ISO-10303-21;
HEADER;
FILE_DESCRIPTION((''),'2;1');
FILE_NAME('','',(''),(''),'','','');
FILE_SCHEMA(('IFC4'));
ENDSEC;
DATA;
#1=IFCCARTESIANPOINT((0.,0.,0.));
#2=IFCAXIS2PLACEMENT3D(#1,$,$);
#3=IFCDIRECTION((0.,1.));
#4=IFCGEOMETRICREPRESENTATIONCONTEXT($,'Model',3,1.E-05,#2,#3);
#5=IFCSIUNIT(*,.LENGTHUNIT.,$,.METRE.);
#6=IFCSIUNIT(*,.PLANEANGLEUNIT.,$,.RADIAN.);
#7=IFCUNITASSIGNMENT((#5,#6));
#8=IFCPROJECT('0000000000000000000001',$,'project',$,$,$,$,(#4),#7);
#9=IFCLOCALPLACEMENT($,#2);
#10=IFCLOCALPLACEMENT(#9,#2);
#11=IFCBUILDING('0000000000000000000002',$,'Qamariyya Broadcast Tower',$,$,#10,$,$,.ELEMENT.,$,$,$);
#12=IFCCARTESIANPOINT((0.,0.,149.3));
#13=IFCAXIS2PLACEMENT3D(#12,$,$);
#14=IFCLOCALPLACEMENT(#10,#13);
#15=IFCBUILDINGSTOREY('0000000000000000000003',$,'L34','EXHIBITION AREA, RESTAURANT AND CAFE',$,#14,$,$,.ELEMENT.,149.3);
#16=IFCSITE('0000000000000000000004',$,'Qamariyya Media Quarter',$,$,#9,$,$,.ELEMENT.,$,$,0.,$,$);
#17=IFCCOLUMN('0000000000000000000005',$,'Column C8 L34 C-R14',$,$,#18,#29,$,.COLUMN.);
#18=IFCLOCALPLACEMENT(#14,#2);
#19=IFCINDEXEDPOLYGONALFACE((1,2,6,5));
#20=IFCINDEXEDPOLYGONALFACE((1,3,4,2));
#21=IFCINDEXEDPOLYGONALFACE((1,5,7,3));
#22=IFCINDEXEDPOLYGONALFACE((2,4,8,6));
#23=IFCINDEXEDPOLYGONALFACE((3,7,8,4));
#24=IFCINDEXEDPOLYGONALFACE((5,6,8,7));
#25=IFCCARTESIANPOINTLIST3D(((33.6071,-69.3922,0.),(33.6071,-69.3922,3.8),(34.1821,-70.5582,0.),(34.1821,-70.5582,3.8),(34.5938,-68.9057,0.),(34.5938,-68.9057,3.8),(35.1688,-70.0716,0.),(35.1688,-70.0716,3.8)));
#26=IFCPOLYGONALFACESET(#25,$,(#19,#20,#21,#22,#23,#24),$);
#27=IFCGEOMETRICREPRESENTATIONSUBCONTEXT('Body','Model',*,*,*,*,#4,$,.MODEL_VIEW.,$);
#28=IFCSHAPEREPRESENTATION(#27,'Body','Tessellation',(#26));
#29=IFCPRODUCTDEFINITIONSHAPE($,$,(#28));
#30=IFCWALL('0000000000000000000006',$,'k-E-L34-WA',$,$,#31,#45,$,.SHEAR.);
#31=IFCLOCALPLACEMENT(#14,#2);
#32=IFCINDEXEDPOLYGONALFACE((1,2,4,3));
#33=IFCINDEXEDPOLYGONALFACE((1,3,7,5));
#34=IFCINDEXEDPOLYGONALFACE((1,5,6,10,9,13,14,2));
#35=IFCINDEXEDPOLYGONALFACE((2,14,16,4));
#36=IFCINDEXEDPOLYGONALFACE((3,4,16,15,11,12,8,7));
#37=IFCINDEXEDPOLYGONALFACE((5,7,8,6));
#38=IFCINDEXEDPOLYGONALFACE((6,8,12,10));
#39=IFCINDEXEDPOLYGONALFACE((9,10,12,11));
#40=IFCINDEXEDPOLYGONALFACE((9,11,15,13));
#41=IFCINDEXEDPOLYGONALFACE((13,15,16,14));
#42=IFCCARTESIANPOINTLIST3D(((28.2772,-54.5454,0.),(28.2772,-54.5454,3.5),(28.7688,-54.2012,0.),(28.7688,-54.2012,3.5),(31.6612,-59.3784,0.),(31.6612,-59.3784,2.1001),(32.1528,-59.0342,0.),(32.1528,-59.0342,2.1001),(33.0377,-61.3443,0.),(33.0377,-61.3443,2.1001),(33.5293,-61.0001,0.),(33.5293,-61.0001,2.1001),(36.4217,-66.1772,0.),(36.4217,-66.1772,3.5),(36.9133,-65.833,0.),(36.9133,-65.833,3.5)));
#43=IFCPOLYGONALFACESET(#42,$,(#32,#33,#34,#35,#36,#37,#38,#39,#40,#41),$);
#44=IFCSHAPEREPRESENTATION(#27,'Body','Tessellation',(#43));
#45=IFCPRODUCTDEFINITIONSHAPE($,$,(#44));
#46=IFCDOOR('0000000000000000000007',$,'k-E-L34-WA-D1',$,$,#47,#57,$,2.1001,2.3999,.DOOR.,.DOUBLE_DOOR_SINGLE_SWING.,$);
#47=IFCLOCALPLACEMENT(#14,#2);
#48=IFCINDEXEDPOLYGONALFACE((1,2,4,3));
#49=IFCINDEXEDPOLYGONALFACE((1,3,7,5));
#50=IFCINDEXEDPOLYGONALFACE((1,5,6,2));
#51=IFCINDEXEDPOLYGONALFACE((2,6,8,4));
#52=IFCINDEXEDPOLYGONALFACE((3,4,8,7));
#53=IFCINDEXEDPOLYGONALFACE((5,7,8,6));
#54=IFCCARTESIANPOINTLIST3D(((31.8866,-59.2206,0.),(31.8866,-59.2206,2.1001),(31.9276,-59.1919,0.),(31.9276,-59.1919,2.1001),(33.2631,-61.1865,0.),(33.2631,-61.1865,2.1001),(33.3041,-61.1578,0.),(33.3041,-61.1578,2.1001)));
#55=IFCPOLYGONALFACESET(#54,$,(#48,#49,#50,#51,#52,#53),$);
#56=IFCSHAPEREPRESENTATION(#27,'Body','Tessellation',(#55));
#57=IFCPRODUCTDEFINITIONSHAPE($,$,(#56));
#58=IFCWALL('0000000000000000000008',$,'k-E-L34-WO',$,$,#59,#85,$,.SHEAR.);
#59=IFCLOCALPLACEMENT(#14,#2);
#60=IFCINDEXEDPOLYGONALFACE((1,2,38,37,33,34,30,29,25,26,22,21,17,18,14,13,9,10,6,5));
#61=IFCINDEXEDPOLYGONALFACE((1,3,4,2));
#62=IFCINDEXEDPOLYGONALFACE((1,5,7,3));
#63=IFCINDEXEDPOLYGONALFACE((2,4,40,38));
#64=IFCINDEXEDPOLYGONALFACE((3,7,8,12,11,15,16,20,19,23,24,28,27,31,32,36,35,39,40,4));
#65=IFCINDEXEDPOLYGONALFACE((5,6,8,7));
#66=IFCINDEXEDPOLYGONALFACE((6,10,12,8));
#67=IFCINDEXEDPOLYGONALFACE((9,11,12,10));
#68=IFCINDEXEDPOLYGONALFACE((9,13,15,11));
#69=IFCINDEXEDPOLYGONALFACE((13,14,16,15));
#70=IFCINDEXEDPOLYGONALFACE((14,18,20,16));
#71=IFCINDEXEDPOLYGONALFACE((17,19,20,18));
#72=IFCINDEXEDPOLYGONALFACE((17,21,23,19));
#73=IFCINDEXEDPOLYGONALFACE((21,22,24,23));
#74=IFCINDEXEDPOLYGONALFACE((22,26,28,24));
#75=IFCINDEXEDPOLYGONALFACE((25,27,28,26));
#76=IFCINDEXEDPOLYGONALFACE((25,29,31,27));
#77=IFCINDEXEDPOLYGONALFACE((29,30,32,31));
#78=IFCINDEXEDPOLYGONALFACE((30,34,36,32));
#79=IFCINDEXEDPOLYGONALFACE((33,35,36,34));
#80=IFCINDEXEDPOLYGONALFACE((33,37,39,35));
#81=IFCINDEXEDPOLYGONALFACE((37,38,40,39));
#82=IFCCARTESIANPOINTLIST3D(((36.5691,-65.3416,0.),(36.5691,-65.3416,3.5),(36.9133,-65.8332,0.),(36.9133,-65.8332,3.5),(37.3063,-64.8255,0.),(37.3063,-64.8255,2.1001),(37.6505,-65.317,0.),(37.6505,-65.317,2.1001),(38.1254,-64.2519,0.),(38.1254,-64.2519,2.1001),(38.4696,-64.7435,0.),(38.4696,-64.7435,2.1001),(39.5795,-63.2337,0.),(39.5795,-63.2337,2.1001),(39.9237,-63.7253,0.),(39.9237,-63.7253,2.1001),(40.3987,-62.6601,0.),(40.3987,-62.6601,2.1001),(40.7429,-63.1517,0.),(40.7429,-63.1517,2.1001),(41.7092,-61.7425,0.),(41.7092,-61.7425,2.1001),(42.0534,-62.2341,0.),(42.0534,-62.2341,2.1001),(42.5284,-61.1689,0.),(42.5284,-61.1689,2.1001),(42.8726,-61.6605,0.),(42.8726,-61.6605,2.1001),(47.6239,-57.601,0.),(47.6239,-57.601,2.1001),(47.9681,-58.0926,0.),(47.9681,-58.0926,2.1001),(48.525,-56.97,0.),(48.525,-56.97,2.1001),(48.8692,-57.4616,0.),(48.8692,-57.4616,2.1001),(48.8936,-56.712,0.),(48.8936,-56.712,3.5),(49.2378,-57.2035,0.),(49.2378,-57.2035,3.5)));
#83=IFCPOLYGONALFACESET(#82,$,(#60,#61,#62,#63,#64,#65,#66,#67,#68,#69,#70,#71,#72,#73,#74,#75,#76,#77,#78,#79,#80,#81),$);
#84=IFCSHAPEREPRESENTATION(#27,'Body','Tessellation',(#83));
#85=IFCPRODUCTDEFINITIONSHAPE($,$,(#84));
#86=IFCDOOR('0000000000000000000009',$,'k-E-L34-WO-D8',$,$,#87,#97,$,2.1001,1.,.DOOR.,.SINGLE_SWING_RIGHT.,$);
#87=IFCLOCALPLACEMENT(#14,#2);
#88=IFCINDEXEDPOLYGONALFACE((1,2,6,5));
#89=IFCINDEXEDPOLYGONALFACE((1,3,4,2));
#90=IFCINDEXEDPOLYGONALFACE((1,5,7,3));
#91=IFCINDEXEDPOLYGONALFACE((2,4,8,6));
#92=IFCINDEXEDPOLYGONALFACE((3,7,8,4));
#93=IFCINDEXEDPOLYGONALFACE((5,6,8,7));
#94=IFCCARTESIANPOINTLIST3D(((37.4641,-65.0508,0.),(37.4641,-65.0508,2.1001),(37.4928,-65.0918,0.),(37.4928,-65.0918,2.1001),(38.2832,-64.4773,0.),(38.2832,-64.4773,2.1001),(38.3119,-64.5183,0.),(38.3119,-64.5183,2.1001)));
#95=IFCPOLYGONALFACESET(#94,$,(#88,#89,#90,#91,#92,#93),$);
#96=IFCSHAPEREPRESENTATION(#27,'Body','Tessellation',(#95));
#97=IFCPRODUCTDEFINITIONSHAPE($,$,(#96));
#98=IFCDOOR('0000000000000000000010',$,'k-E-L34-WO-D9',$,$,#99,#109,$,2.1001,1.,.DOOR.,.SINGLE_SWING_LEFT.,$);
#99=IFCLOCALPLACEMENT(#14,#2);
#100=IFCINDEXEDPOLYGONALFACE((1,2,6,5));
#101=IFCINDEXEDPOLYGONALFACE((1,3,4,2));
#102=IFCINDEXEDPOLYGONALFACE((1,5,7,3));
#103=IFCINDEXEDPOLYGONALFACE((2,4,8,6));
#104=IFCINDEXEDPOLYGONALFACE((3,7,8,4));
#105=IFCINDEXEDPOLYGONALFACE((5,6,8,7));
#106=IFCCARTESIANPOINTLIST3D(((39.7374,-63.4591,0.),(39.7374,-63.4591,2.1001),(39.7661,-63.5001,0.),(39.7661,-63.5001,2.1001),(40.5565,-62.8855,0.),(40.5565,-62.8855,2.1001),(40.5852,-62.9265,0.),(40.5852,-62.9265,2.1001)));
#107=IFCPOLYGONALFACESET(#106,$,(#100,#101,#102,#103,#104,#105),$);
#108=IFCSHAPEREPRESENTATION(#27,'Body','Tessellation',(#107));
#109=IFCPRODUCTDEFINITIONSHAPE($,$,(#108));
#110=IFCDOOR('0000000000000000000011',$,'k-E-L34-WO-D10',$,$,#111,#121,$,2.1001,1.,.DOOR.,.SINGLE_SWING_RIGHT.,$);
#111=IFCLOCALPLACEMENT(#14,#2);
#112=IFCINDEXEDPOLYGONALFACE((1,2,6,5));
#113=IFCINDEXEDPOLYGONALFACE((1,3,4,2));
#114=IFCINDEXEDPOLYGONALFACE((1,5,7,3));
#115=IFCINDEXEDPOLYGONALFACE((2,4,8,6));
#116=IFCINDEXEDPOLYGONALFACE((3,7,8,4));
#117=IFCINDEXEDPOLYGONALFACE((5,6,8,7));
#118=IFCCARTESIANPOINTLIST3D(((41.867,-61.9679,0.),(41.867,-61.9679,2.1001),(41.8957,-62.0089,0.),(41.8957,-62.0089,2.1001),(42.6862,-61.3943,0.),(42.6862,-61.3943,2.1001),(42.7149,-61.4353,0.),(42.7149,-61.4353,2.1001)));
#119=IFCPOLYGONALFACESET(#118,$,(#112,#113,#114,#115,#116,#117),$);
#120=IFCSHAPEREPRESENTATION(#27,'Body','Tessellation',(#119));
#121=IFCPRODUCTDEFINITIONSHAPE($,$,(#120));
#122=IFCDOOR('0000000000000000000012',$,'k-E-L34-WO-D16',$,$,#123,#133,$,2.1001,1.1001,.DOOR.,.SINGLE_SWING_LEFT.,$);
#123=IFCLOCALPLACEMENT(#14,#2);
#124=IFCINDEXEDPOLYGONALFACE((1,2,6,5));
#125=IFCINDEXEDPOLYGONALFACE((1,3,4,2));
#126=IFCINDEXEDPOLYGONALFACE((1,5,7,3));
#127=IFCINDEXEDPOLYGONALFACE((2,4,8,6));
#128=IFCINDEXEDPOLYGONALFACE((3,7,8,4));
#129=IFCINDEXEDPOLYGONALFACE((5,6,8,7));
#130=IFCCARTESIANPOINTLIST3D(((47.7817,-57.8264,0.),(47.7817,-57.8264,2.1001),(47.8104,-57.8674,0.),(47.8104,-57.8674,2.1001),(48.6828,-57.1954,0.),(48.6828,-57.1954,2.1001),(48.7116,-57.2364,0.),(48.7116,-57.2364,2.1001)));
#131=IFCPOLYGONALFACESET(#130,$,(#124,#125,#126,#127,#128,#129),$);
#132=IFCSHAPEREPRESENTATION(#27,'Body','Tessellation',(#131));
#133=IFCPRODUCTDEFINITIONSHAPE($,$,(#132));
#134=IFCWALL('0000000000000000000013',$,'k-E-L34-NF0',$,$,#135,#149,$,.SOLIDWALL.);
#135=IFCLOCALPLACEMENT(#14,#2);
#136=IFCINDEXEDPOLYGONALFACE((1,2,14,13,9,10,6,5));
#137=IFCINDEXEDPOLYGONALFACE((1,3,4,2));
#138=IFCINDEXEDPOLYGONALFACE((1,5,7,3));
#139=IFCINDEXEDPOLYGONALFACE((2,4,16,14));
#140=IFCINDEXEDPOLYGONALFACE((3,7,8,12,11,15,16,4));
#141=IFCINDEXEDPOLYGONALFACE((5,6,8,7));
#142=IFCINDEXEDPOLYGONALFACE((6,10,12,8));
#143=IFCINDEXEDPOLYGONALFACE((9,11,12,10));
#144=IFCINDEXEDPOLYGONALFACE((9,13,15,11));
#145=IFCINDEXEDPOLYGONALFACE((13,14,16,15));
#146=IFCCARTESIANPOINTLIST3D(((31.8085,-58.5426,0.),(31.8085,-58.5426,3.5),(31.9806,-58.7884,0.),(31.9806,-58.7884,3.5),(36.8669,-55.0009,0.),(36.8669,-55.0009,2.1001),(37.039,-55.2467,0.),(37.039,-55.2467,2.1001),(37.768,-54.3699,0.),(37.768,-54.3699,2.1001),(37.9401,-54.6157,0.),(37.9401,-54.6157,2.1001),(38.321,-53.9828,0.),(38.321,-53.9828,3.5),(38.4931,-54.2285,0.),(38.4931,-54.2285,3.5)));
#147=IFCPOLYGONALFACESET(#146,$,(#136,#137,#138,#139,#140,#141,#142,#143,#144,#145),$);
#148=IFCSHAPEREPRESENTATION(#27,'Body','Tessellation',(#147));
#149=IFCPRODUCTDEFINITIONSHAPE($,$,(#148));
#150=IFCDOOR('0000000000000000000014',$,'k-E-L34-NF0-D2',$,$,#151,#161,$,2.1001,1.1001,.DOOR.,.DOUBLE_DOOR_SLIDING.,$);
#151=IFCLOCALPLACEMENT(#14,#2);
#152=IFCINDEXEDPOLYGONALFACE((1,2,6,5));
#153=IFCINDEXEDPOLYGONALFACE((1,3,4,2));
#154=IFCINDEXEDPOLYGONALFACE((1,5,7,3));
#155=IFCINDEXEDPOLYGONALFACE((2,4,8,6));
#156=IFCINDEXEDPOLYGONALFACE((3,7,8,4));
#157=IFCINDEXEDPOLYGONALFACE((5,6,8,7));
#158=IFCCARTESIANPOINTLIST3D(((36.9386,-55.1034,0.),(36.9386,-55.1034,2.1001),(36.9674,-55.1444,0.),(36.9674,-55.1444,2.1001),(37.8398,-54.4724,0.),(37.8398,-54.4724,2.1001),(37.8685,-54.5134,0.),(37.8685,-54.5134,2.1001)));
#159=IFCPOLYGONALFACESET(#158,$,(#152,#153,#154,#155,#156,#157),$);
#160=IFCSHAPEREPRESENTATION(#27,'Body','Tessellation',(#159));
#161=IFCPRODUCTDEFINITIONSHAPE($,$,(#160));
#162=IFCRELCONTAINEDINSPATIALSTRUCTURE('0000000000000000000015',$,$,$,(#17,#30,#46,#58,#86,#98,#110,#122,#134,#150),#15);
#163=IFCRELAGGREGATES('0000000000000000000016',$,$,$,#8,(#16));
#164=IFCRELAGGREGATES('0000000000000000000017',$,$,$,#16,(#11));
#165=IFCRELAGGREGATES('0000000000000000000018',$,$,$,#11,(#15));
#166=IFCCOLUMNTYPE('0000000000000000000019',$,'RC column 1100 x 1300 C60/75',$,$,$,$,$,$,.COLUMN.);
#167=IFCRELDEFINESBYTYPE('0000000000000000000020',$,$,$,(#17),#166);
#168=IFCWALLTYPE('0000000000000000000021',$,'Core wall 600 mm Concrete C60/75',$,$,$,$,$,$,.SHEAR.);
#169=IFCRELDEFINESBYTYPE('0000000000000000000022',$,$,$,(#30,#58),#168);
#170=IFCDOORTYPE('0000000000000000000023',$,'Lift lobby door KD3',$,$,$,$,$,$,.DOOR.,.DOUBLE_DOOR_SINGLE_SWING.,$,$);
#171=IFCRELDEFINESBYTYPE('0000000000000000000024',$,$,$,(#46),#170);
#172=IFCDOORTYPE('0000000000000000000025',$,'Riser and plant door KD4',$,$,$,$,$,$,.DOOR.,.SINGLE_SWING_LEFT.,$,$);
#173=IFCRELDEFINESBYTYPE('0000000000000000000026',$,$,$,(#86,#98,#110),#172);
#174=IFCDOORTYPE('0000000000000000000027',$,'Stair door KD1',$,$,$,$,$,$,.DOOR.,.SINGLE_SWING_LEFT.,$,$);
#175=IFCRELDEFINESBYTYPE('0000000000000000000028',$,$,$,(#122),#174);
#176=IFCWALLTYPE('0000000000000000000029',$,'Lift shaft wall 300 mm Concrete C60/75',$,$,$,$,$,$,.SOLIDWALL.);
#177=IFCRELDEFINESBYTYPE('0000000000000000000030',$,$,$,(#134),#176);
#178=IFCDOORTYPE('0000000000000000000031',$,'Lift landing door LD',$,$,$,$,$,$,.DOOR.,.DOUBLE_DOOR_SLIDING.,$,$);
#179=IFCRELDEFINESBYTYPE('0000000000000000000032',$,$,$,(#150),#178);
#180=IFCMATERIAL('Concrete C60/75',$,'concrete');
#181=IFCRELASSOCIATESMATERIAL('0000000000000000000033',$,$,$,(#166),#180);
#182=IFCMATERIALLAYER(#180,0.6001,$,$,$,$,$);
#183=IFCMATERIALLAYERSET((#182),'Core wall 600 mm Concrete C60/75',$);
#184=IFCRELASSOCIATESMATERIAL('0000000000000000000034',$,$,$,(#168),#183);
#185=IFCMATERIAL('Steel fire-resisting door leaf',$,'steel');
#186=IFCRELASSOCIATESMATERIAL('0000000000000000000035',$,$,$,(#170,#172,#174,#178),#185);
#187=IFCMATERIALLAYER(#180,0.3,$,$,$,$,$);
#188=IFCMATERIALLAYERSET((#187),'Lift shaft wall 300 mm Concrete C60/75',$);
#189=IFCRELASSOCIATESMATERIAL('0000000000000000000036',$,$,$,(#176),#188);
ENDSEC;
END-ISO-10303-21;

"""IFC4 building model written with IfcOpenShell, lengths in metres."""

from ifc_helpers import new_model, si_unit, direction, frame, frame_2d, origin, origin_2d, place, context, subcontext, project, spatial, rectangle, extrude, material, layer, layer_set, material_profile, profile_set, type_object, element, fill, save


model = new_model("IFC4")

# Units and contexts
model_context = context("Model", 3, precision=1e-05, world=origin(), true_north=direction((0.0, 1.0)))
body_context = subcontext(model_context, "Body", "Model", "MODEL_VIEW")
ifc_project = project(units=[si_unit("LENGTHUNIT", "METRE"), si_unit("PLANEANGLEUNIT", "RADIAN")], contexts=[model_context])

# Site, building, storey
site_placement = place(None, origin())
site = spatial("IfcSite", under=ifc_project, at=site_placement, Name="Qamariyya Media Quarter", CompositionType="ELEMENT", RefElevation=0.0)
building_placement = place(site_placement, origin())
building = spatial("IfcBuilding", under=site, at=building_placement, Name="Qamariyya Broadcast Tower", CompositionType="ELEMENT")
storey_placement = place(building_placement, frame((0.0, 0.0, 149.3)))
storey = spatial("IfcBuildingStorey", under=building, at=storey_placement, Name="L34", Description="EXHIBITION AREA, RESTAURANT AND CAFE", CompositionType="ELEMENT", Elevation=149.3)

# Column
ifc_material_1 = material(Name="Concrete C60/75", Category="concrete")
ifc_material_profile_1 = material_profile(ifc_material_1, rectangle(XDim=1.1001, YDim=1.3, at=origin_2d()))
ifc_profile_set_1 = profile_set([ifc_material_profile_1], Name="Concrete C60/75")
column_type = type_object("IfcColumnType", Name="RC column 1100 x 1300 C60/75", PredefinedType="COLUMN", material=ifc_profile_set_1)
column_placement = place(storey_placement, frame((34.3879, -69.7319, 0.0), z_axis=(0.0, 0.0, 1.0), x_axis=(0.896873, 0.442289, 0.0)))
element("IfcColumn", 1, at=column_placement, inside=storey, type_object=column_type, Name="Column C8 L34 C-R14", PredefinedType="COLUMN", context=body_context, shape_type="SweptSolid", body=[
    extrude(rectangle(XDim=1.1001, YDim=1.3, at=origin_2d()), origin(), (0.0, 0.0, 1.0), 3.8),
])

# Wall, opening, door
ifc_layer_1 = layer(ifc_material_1, 0.6001)
ifc_layer_set_1 = layer_set([ifc_layer_1], Name="Core wall 600 mm Concrete C60/75")
wall_type_1 = type_object("IfcWallType", Name="Core wall 600 mm Concrete C60/75", PredefinedType="SHEAR", material=ifc_layer_set_1)
wall_1_placement = place(storey_placement, frame((36.6675, -66.0051, 0.0), z_axis=(0.0, 0.0, 1.0), x_axis=(-0.573568, 0.819158, 0.0)))
wall_1 = element("IfcWall", 2, at=wall_1_placement, inside=storey, type_object=wall_type_1, Name="k-E-L34-WA", PredefinedType="SHEAR", context=body_context, shape_type="SweptSolid", body=[
    extrude(rectangle(XDim=14.1997, YDim=0.6001, at=frame_2d((7.0999, 0.0))), origin(), (0.0, 0.0, 1.0), 3.5),
])
opening_1_placement = place(wall_1_placement, frame((5.8999, 0.0, 0.0)))
opening_1 = element("IfcOpeningElement", 3, at=opening_1_placement, cuts=wall_1, PredefinedType="OPENING", context=body_context, shape_type="SweptSolid", body=[
    extrude(rectangle(XDim=2.3999, YDim=2.1001, at=frame_2d((1.2, 1.05))), frame((0.0, 0.3101, 0.0), z_axis=(0.0, -1.0, 0.0), x_axis=(1.0, 0.0, 0.0)), (0.0, 0.0, 1.0), 0.6201),
])
ifc_material_2 = material(Name="Steel fire-resisting door leaf", Category="steel")
door_type_1 = type_object("IfcDoorType", Name="Lift lobby door KD3", OperationType="DOUBLE_DOOR_SINGLE_SWING", PredefinedType="DOOR", material=ifc_material_2)
door_1_placement = place(opening_1_placement, origin())
door_1 = element("IfcDoor", 4, at=door_1_placement, inside=storey, type_object=door_type_1, Name="k-E-L34-WA-D1", OperationType="DOUBLE_DOOR_SINGLE_SWING", OverallHeight=2.1001, OverallWidth=2.3999, PredefinedType="DOOR", context=body_context, shape_type="SweptSolid", body=[
    extrude(rectangle(XDim=2.3999, YDim=2.1001, at=frame_2d((1.2, 1.05))), frame((0.0, 0.0249, 0.0), z_axis=(0.0, -1.0, 0.0), x_axis=(1.0, 0.0, 0.0)), (0.0, 0.0, 1.0), 0.05),
])
fill(opening_1, door_1)

# Wall, openings, doors
wall_2_placement = place(storey_placement, frame((36.7412, -65.5874, 0.0), z_axis=(0.0, 0.0, 1.0), x_axis=(0.819153, 0.573575, 0.0)))
wall_2 = element("IfcWall", 5, at=wall_2_placement, inside=storey, type_object=wall_type_1, Name="k-E-L34-WO", PredefinedType="SHEAR", context=body_context, shape_type="SweptSolid", body=[
    extrude(rectangle(XDim=15.0454, YDim=0.6001, at=frame_2d((7.5227, 0.0))), origin(), (0.0, 0.0, 1.0), 3.5),
])
opening_2_placement = place(wall_2_placement, frame((0.8999, 0.0, 0.0)))
opening_2 = element("IfcOpeningElement", 6, at=opening_2_placement, cuts=wall_2, PredefinedType="OPENING", context=body_context, shape_type="SweptSolid", body=[
    extrude(rectangle(XDim=1.0, YDim=2.1001, at=frame_2d((0.5, 1.05))), frame((0.0, 0.3101, 0.0), z_axis=(0.0, -1.0, 0.0), x_axis=(1.0, 0.0, 0.0)), (0.0, 0.0, 1.0), 0.6201),
])
opening_3_placement = place(wall_2_placement, frame((3.675, 0.0, 0.0)))
opening_3 = element("IfcOpeningElement", 7, at=opening_3_placement, cuts=wall_2, PredefinedType="OPENING", context=body_context, shape_type="SweptSolid", body=[
    extrude(rectangle(XDim=1.0, YDim=2.1001, at=frame_2d((0.5, 1.05))), frame((0.0, 0.3101, 0.0), z_axis=(0.0, -1.0, 0.0), x_axis=(1.0, 0.0, 0.0)), (0.0, 0.0, 1.0), 0.6201),
])
opening_4_placement = place(wall_2_placement, frame((6.2749, 0.0, 0.0)))
opening_4 = element("IfcOpeningElement", 8, at=opening_4_placement, cuts=wall_2, PredefinedType="OPENING", context=body_context, shape_type="SweptSolid", body=[
    extrude(rectangle(XDim=1.0, YDim=2.1001, at=frame_2d((0.5, 1.05))), frame((0.0, 0.3101, 0.0), z_axis=(0.0, -1.0, 0.0), x_axis=(1.0, 0.0, 0.0)), (0.0, 0.0, 1.0), 0.6201),
])
opening_5_placement = place(wall_2_placement, frame((13.4954, 0.0, 0.0)))
opening_5 = element("IfcOpeningElement", 9, at=opening_5_placement, cuts=wall_2, PredefinedType="OPENING", context=body_context, shape_type="SweptSolid", body=[
    extrude(rectangle(XDim=1.1001, YDim=2.1001, at=frame_2d((0.55, 1.05))), frame((0.0, 0.3101, 0.0), z_axis=(0.0, -1.0, 0.0), x_axis=(1.0, 0.0, 0.0)), (0.0, 0.0, 1.0), 0.6201),
])
door_type_2 = type_object("IfcDoorType", Name="Riser and plant door KD4", OperationType="SINGLE_SWING_LEFT", PredefinedType="DOOR", material=ifc_material_2)
door_2_placement = place(opening_2_placement, origin())
door_2 = element("IfcDoor", 10, at=door_2_placement, inside=storey, type_object=door_type_2, Name="k-E-L34-WO-D8", OperationType="SINGLE_SWING_RIGHT", OverallHeight=2.1001, OverallWidth=1.0, PredefinedType="DOOR", context=body_context, shape_type="SweptSolid", body=[
    extrude(rectangle(XDim=1.0, YDim=2.1001, at=frame_2d((0.5, 1.05))), frame((0.0, 0.0249, 0.0), z_axis=(0.0, -1.0, 0.0), x_axis=(1.0, 0.0, 0.0)), (0.0, 0.0, 1.0), 0.05),
])
fill(opening_2, door_2)
door_3_placement = place(opening_3_placement, origin())
door_3 = element("IfcDoor", 11, at=door_3_placement, inside=storey, type_object=door_type_2, Name="k-E-L34-WO-D9", OperationType="SINGLE_SWING_LEFT", OverallHeight=2.1001, OverallWidth=1.0, PredefinedType="DOOR", context=body_context, shape_type="SweptSolid", body=[
    extrude(rectangle(XDim=1.0, YDim=2.1001, at=frame_2d((0.5, 1.05))), frame((0.0, 0.0249, 0.0), z_axis=(0.0, -1.0, 0.0), x_axis=(1.0, 0.0, 0.0)), (0.0, 0.0, 1.0), 0.05),
])
fill(opening_3, door_3)
door_4_placement = place(opening_4_placement, origin())
door_4 = element("IfcDoor", 12, at=door_4_placement, inside=storey, type_object=door_type_2, Name="k-E-L34-WO-D10", OperationType="SINGLE_SWING_RIGHT", OverallHeight=2.1001, OverallWidth=1.0, PredefinedType="DOOR", context=body_context, shape_type="SweptSolid", body=[
    extrude(rectangle(XDim=1.0, YDim=2.1001, at=frame_2d((0.5, 1.05))), frame((0.0, 0.0249, 0.0), z_axis=(0.0, -1.0, 0.0), x_axis=(1.0, 0.0, 0.0)), (0.0, 0.0, 1.0), 0.05),
])
fill(opening_4, door_4)
door_type_3 = type_object("IfcDoorType", Name="Stair door KD1", OperationType="SINGLE_SWING_LEFT", PredefinedType="DOOR", material=ifc_material_2)
door_5_placement = place(opening_5_placement, origin())
door_5 = element("IfcDoor", 13, at=door_5_placement, inside=storey, type_object=door_type_3, Name="k-E-L34-WO-D16", OperationType="SINGLE_SWING_LEFT", OverallHeight=2.1001, OverallWidth=1.1001, PredefinedType="DOOR", context=body_context, shape_type="SweptSolid", body=[
    extrude(rectangle(XDim=1.1001, YDim=2.1001, at=frame_2d((0.55, 1.05))), frame((0.0, 0.0249, 0.0), z_axis=(0.0, -1.0, 0.0), x_axis=(1.0, 0.0, 0.0)), (0.0, 0.0, 1.0), 0.05),
])
fill(opening_5, door_5)

# Wall, opening, door
ifc_layer_2 = layer(ifc_material_1, 0.3)
ifc_layer_set_2 = layer_set([ifc_layer_2], Name="Lift shaft wall 300 mm Concrete C60/75")
wall_type_2 = type_object("IfcWallType", Name="Lift shaft wall 300 mm Concrete C60/75", PredefinedType="SOLIDWALL", material=ifc_layer_set_2)
wall_3_placement = place(storey_placement, frame((31.8945, -58.6655, 0.0), z_axis=(0.0, 0.0, 1.0), x_axis=(0.819167, 0.573555, 0.0)))
wall_3 = element("IfcWall", 14, at=wall_3_placement, inside=storey, type_object=wall_type_2, Name="k-E-L34-NF0", PredefinedType="SOLIDWALL", context=body_context, shape_type="SweptSolid", body=[
    extrude(rectangle(XDim=7.9502, YDim=0.3, at=frame_2d((3.9751, 0.0))), origin(), (0.0, 0.0, 1.0), 3.5),
])
opening_6_placement = place(wall_3_placement, frame((6.175, 0.0, 0.0)))
opening_6 = element("IfcOpeningElement", 15, at=opening_6_placement, cuts=wall_3, PredefinedType="OPENING", context=body_context, shape_type="SweptSolid", body=[
    extrude(rectangle(XDim=1.1001, YDim=2.1001, at=frame_2d((0.55, 1.05))), frame((0.0, 0.1599, 0.0), z_axis=(0.0, -1.0, 0.0), x_axis=(1.0, 0.0, 0.0)), (0.0, 0.0, 1.0), 0.3201),
])
door_type_4 = type_object("IfcDoorType", Name="Lift landing door LD", OperationType="DOUBLE_DOOR_SLIDING", PredefinedType="DOOR", material=ifc_material_2)
door_6_placement = place(opening_6_placement, origin())
door_6 = element("IfcDoor", 16, at=door_6_placement, inside=storey, type_object=door_type_4, Name="k-E-L34-NF0-D2", OperationType="DOUBLE_DOOR_SLIDING", OverallHeight=2.1001, OverallWidth=1.1001, PredefinedType="DOOR", context=body_context, shape_type="SweptSolid", body=[
    extrude(rectangle(XDim=1.1001, YDim=2.1001, at=frame_2d((0.55, 1.05))), frame((0.0, 0.0249, 0.0), z_axis=(0.0, -1.0, 0.0), x_axis=(1.0, 0.0, 0.0)), (0.0, 0.0, 1.0), 0.05),
])
fill(opening_6, door_6)

save(model, "model.ifc")
